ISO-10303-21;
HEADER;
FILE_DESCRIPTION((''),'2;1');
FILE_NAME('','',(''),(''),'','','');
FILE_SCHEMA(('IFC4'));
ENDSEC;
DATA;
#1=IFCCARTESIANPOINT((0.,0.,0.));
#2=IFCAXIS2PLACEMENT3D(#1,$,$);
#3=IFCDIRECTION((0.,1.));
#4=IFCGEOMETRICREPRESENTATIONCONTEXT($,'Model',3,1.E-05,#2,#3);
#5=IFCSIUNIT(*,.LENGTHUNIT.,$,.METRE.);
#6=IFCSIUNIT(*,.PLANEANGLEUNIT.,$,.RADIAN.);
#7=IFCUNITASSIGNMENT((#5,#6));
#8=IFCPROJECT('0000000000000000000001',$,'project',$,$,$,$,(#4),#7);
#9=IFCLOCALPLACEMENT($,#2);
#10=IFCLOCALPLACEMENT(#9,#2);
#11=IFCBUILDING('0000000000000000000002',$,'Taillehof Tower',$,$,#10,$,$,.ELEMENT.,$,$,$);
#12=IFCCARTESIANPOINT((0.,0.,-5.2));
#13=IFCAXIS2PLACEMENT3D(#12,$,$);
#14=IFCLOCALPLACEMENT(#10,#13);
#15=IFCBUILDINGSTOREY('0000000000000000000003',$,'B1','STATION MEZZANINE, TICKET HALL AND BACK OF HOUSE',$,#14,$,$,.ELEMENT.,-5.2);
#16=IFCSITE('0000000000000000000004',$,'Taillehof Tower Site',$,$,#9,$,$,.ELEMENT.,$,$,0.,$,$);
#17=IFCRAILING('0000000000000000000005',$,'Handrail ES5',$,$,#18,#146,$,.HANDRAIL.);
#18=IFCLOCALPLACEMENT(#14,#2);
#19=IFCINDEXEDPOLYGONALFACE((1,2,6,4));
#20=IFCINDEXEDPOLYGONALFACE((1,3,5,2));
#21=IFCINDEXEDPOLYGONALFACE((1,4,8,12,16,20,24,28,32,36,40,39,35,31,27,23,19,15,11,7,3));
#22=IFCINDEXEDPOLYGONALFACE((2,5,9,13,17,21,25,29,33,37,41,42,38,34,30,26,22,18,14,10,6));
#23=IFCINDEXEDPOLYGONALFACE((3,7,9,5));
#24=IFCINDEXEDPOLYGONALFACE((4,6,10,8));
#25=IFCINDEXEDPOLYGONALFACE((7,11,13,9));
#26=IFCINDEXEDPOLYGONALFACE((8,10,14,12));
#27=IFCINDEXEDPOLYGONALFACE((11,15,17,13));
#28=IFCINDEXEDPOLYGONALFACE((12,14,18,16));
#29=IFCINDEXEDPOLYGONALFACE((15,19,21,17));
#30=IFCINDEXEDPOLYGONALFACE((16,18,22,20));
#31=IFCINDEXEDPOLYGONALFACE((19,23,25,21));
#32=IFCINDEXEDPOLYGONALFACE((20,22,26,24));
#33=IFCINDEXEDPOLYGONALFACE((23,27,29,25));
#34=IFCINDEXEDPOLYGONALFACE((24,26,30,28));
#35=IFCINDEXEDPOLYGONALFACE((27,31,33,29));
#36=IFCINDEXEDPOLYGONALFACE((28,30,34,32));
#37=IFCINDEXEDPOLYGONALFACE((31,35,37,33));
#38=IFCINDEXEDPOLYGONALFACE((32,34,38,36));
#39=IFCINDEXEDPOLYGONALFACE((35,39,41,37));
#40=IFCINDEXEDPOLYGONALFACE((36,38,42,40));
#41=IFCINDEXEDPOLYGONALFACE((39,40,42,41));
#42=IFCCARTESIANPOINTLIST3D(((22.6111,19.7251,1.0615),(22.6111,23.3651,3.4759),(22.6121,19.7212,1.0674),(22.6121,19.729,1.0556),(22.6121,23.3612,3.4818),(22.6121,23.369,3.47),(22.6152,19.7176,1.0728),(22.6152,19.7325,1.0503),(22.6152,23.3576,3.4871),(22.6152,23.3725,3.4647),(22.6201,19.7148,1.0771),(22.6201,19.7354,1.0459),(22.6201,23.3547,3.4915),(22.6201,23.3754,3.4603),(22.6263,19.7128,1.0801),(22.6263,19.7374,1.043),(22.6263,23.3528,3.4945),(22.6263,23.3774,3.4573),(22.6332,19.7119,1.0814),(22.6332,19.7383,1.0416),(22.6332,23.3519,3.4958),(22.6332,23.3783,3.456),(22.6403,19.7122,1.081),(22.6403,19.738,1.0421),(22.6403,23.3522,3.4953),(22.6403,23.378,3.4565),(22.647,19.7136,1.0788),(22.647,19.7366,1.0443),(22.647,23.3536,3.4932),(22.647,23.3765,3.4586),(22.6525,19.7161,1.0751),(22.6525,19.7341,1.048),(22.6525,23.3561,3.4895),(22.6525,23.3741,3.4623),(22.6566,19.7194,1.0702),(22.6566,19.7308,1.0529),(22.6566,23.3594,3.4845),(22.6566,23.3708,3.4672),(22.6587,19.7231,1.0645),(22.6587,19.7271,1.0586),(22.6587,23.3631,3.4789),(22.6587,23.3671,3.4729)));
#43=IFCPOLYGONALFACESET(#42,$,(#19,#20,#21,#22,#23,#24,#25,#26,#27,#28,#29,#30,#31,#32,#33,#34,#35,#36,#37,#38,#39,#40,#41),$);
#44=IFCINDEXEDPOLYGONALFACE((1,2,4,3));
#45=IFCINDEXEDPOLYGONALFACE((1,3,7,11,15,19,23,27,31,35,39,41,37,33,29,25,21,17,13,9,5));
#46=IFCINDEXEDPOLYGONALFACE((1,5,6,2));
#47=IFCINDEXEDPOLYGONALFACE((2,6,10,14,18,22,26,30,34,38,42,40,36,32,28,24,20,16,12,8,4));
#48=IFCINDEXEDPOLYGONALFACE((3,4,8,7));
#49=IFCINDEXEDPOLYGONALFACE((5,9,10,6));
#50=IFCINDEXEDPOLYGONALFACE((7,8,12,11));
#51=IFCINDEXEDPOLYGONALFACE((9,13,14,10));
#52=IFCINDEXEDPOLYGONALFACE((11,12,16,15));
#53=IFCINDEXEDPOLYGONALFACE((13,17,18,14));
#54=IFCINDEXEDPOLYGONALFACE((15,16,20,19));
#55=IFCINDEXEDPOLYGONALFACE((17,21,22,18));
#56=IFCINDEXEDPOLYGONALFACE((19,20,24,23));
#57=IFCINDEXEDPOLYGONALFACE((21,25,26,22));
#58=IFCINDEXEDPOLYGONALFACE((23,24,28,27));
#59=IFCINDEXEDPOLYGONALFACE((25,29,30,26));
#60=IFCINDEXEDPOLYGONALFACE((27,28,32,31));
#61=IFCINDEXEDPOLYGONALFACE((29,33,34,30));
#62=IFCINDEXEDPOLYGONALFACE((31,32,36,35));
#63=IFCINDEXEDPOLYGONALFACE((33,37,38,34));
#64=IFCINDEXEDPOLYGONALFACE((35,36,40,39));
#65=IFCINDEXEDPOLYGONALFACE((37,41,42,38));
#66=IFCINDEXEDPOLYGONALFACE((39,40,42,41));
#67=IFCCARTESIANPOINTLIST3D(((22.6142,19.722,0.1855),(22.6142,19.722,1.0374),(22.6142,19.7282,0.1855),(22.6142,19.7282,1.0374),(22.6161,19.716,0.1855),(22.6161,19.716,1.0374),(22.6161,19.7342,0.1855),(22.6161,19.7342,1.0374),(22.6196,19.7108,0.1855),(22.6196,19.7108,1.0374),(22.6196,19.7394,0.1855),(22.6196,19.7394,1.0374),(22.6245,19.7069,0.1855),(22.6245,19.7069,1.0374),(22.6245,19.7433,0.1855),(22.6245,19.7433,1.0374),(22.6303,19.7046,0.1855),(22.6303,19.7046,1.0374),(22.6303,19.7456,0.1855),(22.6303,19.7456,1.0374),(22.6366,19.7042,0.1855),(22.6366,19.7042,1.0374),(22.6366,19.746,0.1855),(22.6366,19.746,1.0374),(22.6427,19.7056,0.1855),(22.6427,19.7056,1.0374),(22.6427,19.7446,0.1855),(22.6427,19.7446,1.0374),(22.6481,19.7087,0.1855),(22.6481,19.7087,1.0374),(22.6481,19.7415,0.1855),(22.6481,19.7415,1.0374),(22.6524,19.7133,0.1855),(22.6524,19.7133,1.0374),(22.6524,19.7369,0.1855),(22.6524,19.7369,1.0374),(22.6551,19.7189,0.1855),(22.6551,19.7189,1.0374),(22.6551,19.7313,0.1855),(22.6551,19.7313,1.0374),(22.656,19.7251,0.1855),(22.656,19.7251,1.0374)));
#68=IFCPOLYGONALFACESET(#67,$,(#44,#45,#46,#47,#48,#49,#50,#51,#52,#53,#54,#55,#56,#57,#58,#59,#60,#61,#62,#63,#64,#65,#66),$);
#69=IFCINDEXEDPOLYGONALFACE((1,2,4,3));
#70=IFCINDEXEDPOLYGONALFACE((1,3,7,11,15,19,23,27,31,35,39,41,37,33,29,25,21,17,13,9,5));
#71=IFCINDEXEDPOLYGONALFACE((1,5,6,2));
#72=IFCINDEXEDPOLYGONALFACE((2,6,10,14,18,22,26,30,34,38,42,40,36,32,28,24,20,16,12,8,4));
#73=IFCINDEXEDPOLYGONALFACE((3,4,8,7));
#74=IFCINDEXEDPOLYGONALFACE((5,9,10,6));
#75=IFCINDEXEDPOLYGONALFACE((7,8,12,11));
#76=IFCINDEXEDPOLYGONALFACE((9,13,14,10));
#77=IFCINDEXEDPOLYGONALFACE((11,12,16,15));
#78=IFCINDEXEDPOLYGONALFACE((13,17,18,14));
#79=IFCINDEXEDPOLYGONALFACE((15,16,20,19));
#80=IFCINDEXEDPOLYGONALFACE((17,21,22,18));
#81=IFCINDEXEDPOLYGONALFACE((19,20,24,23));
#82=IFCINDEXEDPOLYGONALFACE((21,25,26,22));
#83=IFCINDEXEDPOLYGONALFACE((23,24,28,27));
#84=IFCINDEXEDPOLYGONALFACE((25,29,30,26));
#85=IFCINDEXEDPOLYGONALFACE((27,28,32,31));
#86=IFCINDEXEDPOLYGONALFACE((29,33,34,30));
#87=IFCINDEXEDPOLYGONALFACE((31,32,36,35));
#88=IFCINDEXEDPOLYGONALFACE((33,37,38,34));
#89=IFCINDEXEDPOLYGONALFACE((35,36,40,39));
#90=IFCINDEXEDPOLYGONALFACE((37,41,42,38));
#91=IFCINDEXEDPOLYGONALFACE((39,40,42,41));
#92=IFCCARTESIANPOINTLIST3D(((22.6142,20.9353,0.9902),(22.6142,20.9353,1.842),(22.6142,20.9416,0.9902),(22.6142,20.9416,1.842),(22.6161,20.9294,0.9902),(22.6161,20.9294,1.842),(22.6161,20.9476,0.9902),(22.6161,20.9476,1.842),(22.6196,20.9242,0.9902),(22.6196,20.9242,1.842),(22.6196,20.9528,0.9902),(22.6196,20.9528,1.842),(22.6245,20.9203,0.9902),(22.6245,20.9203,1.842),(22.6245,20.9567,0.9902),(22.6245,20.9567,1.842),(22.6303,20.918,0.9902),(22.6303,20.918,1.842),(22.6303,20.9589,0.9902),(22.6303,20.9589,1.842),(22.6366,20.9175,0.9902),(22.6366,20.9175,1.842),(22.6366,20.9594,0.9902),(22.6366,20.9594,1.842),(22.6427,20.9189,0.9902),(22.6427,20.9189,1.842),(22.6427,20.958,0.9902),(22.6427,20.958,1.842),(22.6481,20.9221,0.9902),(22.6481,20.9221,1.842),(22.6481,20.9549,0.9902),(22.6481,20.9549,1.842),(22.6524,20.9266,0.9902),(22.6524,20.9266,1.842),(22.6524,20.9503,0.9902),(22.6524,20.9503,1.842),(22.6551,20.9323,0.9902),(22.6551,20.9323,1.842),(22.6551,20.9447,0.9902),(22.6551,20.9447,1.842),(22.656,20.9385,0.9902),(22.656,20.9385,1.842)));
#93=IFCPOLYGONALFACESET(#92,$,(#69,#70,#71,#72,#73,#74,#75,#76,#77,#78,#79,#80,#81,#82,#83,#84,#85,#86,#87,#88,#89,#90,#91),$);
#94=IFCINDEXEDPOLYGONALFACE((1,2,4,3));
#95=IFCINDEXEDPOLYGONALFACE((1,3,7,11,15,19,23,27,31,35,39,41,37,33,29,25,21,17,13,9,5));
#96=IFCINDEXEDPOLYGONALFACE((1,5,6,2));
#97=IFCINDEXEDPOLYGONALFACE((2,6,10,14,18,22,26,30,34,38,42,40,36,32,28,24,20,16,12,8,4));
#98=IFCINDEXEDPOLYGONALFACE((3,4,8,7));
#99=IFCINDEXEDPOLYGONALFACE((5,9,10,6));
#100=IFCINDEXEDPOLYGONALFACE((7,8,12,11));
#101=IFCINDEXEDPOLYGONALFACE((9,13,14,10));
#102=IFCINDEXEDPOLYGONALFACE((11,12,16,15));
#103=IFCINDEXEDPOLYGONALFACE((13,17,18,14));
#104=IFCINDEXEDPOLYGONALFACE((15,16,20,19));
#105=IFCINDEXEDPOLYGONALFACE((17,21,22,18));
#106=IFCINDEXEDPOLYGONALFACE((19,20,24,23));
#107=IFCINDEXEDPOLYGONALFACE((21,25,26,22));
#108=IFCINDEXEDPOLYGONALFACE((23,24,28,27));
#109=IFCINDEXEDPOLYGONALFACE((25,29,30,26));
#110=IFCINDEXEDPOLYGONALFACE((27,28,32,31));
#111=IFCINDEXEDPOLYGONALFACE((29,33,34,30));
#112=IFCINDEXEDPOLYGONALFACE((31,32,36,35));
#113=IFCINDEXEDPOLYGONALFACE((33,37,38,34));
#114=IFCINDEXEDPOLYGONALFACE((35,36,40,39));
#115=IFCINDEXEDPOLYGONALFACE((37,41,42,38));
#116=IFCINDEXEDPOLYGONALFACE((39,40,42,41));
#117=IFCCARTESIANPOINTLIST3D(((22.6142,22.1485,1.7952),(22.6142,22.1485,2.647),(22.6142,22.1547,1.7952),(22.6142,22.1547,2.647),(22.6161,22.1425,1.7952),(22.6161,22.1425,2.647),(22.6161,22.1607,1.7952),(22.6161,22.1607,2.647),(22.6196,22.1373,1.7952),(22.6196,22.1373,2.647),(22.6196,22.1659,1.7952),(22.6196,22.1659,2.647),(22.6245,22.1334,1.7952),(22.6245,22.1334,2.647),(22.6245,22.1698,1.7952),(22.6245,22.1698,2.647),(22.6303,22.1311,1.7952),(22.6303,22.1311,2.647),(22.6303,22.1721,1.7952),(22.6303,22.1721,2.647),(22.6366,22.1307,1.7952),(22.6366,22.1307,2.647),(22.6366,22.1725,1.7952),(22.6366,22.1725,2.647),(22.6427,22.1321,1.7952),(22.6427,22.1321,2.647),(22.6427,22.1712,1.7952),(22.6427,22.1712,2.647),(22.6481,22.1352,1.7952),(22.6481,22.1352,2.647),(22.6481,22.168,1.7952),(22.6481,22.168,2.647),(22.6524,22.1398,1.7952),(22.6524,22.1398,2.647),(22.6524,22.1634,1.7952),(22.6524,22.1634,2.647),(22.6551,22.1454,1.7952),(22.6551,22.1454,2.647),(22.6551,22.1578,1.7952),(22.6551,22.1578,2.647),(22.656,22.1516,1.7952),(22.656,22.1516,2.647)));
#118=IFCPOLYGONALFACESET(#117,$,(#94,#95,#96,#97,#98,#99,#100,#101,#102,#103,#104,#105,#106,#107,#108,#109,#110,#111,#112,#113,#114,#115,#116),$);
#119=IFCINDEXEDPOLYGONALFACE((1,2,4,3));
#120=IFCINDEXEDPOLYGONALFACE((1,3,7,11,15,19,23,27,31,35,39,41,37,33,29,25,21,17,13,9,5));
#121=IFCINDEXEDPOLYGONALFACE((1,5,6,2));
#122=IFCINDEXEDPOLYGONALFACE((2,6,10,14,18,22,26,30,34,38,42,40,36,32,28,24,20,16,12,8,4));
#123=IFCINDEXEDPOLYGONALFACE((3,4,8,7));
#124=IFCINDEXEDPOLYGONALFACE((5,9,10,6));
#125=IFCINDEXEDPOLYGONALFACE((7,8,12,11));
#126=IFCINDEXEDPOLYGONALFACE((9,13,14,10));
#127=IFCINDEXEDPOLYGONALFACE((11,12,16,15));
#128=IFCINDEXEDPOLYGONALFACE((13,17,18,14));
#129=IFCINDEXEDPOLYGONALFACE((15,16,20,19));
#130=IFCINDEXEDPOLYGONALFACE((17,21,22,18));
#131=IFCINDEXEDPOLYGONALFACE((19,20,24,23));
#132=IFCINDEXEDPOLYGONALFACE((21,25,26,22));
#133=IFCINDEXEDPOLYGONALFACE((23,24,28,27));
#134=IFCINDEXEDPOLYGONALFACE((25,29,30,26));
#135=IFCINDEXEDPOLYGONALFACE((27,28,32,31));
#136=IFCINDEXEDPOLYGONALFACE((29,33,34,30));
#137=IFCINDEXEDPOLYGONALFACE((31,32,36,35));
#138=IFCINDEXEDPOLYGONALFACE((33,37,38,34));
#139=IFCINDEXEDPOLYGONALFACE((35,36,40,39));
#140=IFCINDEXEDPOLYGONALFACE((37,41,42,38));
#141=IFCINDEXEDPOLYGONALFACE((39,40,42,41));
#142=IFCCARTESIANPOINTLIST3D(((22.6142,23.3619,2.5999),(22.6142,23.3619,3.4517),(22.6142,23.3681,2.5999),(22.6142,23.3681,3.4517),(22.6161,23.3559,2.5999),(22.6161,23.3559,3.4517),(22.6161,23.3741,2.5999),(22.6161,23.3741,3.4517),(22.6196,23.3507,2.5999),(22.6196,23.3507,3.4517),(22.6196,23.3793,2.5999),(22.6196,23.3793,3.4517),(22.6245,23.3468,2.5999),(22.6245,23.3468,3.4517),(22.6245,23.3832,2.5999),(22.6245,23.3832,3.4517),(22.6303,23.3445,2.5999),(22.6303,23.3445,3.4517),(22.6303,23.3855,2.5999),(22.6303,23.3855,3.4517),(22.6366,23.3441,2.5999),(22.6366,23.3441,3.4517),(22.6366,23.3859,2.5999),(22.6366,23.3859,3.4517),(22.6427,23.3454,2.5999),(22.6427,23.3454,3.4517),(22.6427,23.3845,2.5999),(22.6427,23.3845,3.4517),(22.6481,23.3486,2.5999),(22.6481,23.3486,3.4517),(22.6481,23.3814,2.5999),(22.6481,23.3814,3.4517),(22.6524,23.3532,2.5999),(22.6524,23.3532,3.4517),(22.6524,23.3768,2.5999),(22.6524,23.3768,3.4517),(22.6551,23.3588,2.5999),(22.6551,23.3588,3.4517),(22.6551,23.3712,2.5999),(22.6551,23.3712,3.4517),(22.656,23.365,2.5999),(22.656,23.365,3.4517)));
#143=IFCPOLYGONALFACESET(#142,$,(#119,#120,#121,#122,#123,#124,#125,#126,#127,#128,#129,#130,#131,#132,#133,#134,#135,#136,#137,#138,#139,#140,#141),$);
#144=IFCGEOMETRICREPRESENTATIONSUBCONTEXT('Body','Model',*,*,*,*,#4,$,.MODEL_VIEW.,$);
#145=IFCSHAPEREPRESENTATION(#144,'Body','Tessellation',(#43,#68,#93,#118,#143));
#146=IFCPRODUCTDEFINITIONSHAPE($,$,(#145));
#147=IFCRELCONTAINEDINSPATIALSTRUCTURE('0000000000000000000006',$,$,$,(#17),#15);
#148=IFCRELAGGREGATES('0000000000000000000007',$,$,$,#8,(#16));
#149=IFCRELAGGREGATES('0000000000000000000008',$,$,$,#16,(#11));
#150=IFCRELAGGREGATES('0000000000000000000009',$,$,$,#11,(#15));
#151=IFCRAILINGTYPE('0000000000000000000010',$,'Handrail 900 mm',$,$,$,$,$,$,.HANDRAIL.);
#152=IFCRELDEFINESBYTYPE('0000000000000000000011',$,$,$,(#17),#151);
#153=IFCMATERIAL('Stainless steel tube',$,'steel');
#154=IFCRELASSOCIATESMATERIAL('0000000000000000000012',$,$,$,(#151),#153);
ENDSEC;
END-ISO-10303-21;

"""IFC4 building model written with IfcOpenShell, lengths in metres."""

from ifc_helpers import new_model, si_unit, direction, frame, origin, origin_2d, place, context, subcontext, project, spatial, circle, extrude, material, type_object, element, save


model = new_model("IFC4")

# Units and contexts
model_context = context("Model", 3, precision=1e-05, world=origin(), true_north=direction((0.0, 1.0)))
body_context = subcontext(model_context, "Body", "Model", "MODEL_VIEW")
ifc_project = project(units=[si_unit("LENGTHUNIT", "METRE"), si_unit("PLANEANGLEUNIT", "RADIAN")], contexts=[model_context])

# Site, building, storey
site_placement = place(None, origin())
site = spatial("IfcSite", under=ifc_project, at=site_placement, Name="Taillehof Tower Site", CompositionType="ELEMENT", RefElevation=0.0)
building_placement = place(site_placement, origin())
building = spatial("IfcBuilding", under=site, at=building_placement, Name="Taillehof Tower", CompositionType="ELEMENT")
storey_placement = place(building_placement, frame((0.0, 0.0, -5.2)))
storey = spatial("IfcBuildingStorey", under=building, at=storey_placement, Name="B1", Description="STATION MEZZANINE, TICKET HALL AND BACK OF HOUSE", CompositionType="ELEMENT", Elevation=-5.2)

# Railing
ifc_material_1 = material(Name="Stainless steel tube", Category="steel")
railing_type_1 = type_object("IfcRailingType", Name="Handrail 900 mm", PredefinedType="HANDRAIL", material=ifc_material_1)
for number, where, name in (
    (1, (22.635, 19.7251, 0.1855), "Handrail ES5"),
):
    element("IfcRailing", number, at=place(storey_placement, frame(where)), inside=storey, type_object=railing_type_1, Name=name, PredefinedType="HANDRAIL", context=body_context, shape_type="SweptSolid", body=[
        extrude(circle(Radius=0.0239, at=origin_2d()), frame((0.0, 0.0, 0.876), z_axis=(0.0, 0.833347, 0.552751), x_axis=(-1.0, 0.0, 0.0)), (0.0, 0.0, 1.0), 4.3679),
        extrude(circle(Radius=0.021, at=origin_2d()), origin(), (0.0, 0.0, 1.0), 0.8518),
        extrude(circle(Radius=0.021, at=origin_2d()), frame((0.0, 1.2134, 0.8047)), (0.0, 0.0, 1.0), 0.8518),
        extrude(circle(Radius=0.021, at=origin_2d()), frame((0.0, 2.4265, 1.6096)), (0.0, 0.0, 1.0), 0.8518),
        extrude(circle(Radius=0.021, at=origin_2d()), frame((0.0, 3.6399, 2.4143)), (0.0, 0.0, 1.0), 0.8518),
    ])

save(model, "model.ifc")
